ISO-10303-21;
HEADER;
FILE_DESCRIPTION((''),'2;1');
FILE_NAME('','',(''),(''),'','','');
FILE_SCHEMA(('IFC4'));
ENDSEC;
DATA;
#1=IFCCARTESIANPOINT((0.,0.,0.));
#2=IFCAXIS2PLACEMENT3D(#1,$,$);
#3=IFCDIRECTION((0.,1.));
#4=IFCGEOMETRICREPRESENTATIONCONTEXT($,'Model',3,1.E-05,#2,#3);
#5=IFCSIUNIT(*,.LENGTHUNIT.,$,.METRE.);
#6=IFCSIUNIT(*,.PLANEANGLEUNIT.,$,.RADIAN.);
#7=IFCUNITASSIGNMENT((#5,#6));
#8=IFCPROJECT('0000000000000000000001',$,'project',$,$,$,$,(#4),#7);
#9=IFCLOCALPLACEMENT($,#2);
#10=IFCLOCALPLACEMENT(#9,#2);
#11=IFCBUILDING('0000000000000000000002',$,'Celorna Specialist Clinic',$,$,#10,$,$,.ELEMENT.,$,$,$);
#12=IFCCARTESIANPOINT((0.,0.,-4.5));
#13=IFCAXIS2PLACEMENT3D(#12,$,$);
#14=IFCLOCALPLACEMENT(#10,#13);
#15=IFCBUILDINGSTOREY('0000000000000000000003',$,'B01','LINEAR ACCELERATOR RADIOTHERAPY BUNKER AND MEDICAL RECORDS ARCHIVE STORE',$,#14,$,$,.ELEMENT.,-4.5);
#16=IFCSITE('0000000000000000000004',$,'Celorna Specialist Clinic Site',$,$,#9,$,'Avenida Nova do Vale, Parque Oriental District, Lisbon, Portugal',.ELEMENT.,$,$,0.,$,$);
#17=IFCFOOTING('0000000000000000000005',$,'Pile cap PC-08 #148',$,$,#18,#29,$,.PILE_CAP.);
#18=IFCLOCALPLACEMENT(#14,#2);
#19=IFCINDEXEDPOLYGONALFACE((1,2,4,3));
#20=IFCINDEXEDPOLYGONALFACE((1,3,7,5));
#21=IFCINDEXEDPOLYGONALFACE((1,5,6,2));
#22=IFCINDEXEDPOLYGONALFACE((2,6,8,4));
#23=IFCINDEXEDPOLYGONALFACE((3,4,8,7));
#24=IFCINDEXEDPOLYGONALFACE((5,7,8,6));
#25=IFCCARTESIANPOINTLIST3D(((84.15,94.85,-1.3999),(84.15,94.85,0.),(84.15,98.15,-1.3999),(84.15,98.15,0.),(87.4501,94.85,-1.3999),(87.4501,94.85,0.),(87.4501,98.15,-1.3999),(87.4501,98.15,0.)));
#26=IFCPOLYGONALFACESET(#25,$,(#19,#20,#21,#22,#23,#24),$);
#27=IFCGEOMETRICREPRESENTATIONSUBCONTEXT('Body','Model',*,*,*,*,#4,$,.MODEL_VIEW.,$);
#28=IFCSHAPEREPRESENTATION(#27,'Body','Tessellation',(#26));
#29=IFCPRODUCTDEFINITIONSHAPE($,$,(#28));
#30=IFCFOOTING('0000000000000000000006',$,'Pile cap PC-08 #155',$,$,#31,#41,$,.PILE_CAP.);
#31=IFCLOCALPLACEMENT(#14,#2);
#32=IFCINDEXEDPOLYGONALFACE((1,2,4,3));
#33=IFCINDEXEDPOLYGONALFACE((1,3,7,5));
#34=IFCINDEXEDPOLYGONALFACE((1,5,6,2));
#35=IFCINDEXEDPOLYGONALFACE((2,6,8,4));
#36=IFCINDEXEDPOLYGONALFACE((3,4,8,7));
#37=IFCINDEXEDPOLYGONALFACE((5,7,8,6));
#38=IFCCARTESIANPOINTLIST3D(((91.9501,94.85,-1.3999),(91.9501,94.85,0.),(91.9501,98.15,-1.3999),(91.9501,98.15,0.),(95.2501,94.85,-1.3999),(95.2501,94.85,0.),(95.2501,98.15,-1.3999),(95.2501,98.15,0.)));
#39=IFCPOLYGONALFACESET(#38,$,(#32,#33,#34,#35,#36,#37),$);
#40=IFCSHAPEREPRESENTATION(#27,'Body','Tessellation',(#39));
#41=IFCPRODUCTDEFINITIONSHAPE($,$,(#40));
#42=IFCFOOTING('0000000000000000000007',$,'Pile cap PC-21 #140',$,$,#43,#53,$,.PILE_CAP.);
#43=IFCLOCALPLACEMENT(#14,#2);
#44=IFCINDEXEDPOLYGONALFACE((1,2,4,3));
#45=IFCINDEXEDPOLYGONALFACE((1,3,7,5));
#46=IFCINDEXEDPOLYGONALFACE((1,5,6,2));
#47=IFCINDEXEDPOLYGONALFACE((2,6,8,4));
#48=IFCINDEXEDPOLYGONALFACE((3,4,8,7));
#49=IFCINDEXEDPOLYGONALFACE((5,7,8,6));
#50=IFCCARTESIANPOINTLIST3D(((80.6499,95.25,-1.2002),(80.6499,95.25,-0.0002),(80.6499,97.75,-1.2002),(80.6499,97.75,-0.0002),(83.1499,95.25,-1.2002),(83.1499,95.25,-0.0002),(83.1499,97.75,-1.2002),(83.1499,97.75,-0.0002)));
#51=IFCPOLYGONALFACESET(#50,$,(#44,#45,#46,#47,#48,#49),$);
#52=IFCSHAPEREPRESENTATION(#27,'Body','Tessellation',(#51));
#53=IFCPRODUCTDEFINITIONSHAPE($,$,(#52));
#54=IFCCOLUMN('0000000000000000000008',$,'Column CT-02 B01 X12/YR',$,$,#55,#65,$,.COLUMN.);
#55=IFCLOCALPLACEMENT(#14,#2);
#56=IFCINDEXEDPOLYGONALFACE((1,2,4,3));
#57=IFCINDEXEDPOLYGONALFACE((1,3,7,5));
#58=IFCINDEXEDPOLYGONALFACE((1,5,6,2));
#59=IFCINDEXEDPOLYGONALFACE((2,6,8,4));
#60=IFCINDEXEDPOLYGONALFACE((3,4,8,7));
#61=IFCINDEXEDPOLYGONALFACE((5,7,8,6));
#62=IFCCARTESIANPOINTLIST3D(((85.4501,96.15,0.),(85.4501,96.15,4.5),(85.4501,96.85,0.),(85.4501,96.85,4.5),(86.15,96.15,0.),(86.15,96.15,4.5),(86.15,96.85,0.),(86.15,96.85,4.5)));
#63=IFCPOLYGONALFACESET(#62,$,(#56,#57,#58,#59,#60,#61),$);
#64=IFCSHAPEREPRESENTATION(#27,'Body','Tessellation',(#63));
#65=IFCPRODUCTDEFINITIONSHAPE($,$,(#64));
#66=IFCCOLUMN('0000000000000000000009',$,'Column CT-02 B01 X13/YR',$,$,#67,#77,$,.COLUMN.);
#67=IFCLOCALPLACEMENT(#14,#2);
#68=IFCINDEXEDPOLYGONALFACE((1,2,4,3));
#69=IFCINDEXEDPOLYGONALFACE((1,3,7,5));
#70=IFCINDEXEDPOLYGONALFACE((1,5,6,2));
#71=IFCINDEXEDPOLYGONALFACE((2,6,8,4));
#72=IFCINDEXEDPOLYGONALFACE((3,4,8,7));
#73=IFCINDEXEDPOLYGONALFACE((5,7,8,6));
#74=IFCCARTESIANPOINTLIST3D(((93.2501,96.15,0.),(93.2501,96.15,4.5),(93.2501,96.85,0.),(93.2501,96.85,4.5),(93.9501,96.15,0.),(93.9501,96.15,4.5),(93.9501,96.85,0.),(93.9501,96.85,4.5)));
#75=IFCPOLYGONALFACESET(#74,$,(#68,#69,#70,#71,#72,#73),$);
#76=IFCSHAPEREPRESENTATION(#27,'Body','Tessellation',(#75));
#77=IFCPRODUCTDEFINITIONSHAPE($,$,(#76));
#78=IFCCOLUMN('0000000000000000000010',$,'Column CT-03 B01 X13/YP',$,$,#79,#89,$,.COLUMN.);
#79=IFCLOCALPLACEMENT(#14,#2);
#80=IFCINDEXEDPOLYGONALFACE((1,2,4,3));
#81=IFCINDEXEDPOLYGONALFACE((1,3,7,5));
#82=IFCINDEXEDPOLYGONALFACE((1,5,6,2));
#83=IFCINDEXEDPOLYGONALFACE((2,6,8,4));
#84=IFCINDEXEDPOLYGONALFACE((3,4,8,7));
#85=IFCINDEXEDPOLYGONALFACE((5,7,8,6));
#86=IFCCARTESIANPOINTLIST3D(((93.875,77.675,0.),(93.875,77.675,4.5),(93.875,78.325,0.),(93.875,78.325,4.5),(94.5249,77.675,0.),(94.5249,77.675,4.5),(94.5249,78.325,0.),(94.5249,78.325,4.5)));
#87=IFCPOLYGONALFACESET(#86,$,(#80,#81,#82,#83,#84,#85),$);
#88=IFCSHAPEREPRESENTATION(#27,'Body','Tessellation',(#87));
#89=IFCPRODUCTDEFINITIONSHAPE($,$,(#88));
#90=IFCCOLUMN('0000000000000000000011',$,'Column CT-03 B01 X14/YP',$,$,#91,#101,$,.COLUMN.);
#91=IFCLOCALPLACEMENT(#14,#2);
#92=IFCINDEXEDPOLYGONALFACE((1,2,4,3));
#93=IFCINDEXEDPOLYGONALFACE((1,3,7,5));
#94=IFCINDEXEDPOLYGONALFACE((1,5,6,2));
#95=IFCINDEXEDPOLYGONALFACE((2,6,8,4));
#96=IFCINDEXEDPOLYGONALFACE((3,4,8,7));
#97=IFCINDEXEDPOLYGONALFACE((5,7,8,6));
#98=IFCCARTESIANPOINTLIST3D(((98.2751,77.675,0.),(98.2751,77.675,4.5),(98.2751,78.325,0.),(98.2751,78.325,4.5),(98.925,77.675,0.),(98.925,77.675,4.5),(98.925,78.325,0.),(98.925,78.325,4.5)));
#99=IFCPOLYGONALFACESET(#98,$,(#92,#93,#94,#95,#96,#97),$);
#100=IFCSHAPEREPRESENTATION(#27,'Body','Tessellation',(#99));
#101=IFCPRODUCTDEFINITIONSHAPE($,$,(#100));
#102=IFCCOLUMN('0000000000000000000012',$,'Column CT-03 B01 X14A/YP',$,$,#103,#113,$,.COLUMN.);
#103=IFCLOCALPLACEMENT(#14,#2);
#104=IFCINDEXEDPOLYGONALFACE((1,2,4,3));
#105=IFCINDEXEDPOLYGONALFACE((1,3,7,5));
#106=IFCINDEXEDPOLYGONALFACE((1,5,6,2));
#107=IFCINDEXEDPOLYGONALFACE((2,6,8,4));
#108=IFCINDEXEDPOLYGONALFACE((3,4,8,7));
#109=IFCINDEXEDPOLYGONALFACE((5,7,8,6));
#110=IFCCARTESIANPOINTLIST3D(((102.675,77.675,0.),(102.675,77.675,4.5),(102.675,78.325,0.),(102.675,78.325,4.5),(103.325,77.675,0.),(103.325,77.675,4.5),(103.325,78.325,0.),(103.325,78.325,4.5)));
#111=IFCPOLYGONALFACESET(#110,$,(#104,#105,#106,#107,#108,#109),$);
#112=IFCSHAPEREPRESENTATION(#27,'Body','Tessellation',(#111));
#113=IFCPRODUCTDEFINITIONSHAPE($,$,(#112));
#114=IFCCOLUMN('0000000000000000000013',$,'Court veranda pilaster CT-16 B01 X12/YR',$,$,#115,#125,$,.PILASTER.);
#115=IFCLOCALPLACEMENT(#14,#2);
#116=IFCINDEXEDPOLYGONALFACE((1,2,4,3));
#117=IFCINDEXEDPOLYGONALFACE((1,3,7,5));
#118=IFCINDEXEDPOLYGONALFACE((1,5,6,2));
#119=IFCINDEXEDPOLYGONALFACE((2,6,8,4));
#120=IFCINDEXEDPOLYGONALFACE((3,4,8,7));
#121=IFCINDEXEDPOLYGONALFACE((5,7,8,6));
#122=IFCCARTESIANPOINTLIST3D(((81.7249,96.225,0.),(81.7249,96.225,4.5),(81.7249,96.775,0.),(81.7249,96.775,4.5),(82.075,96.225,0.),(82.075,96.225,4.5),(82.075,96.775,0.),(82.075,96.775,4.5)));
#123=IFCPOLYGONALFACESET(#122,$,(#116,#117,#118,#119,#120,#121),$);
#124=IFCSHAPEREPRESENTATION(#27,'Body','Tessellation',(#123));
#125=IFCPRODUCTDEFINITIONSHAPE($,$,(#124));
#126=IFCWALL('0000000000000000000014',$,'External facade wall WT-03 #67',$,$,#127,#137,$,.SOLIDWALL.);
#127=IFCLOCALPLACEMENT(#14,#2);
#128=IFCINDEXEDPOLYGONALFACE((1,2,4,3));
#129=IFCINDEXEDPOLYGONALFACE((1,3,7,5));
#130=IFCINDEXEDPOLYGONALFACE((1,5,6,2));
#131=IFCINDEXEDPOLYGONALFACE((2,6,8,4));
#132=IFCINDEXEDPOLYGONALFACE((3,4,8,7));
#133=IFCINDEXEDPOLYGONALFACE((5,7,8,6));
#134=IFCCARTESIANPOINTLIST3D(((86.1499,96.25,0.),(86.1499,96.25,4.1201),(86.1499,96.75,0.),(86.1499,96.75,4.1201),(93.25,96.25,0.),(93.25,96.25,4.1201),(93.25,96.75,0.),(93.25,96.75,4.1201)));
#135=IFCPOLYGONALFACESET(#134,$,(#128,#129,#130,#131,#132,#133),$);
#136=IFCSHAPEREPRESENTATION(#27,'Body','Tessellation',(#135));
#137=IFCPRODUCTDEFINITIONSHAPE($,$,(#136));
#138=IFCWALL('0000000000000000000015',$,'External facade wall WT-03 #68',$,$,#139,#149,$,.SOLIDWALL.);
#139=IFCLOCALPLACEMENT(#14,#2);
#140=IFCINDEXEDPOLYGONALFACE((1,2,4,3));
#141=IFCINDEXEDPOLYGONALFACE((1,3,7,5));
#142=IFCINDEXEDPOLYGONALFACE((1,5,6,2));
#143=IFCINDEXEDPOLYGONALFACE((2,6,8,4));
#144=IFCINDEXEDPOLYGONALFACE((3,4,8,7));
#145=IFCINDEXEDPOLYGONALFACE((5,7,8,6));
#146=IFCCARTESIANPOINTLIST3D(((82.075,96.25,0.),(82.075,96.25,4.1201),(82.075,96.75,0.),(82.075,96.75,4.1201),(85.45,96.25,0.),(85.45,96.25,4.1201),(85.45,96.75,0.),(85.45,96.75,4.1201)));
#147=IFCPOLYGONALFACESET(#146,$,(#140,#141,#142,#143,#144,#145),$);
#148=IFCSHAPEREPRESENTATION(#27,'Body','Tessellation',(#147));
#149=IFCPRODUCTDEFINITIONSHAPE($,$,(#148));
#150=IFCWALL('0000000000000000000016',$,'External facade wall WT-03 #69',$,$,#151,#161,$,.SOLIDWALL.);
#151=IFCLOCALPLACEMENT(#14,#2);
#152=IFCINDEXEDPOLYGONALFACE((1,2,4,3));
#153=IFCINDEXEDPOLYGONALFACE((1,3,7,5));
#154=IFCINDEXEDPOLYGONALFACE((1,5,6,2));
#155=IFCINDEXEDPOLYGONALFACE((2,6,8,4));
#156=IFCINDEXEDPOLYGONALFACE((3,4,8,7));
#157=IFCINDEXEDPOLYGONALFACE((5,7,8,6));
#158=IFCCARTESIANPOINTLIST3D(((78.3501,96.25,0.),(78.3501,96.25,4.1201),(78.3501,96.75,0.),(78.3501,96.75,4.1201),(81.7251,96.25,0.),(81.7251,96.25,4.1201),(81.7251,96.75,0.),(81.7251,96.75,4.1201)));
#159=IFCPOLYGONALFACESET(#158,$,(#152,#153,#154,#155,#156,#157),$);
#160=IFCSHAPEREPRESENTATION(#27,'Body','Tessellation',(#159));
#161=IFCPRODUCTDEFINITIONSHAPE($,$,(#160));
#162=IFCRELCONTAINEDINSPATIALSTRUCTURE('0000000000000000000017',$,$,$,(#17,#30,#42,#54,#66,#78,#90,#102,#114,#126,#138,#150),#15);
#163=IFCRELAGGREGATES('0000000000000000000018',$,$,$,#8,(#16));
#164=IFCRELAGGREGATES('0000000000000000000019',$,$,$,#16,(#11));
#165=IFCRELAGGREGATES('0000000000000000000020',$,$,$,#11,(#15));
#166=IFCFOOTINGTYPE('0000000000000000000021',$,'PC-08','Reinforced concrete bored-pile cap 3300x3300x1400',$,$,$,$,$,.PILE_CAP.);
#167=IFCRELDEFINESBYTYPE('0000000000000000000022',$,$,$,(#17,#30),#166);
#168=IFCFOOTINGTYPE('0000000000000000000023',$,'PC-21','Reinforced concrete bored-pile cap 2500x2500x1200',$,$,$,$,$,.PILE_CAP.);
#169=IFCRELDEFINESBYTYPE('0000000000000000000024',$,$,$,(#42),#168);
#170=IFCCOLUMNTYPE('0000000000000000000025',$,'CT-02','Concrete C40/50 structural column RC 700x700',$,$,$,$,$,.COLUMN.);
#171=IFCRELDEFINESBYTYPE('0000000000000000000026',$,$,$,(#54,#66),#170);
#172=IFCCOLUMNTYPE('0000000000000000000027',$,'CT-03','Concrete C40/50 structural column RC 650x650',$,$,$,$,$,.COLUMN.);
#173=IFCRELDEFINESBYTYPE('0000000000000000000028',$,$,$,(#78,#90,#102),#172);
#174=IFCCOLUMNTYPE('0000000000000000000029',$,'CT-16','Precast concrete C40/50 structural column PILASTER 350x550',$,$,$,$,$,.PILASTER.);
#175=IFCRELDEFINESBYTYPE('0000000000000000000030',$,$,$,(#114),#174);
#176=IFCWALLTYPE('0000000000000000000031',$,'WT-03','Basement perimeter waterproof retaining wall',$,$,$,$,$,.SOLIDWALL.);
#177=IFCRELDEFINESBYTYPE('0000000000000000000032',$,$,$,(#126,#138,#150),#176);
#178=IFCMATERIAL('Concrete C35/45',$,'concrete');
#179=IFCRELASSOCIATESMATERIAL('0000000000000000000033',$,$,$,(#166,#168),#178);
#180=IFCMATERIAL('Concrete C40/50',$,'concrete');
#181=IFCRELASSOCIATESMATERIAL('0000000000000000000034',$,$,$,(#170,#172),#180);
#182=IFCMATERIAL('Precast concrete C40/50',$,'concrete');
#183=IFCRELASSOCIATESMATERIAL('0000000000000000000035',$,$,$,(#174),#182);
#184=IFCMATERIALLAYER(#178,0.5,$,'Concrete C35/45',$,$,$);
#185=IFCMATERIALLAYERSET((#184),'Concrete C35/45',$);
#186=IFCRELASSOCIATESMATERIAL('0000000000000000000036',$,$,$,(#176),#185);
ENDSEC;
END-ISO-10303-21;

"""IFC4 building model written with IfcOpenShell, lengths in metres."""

from ifc_helpers import new_model, si_unit, direction, frame, frame_2d, origin, origin_2d, place, context, subcontext, project, spatial, rectangle, extrude, material, layer, layer_set, material_profile, profile_set, type_object, element, save


model = new_model("IFC4")

# Units and contexts
model_context = context("Model", 3, precision=1e-05, world=origin(), true_north=direction((0.0, 1.0)))
body_context = subcontext(model_context, "Body", "Model", "MODEL_VIEW")
ifc_project = project(units=[si_unit("LENGTHUNIT", "METRE"), si_unit("PLANEANGLEUNIT", "RADIAN")], contexts=[model_context])

# Site, building, storey
site_placement = place(None, origin())
site = spatial("IfcSite", under=ifc_project, at=site_placement, Name="Celorna Specialist Clinic Site", LongName="Avenida Nova do Vale, Parque Oriental District, Lisbon, Portugal", CompositionType="ELEMENT", RefElevation=0.0)
building_placement = place(site_placement, origin())
building = spatial("IfcBuilding", under=site, at=building_placement, Name="Celorna Specialist Clinic", CompositionType="ELEMENT")
storey_placement = place(building_placement, frame((0.0, 0.0, -4.5)))
storey = spatial("IfcBuildingStorey", under=building, at=storey_placement, Name="B01", Description="LINEAR ACCELERATOR RADIOTHERAPY BUNKER AND MEDICAL RECORDS ARCHIVE STORE", CompositionType="ELEMENT", Elevation=-4.5)

# Shared definitions
ifc_material_1 = material(Name="Concrete C35/45", Category="concrete")

# Footings
footing_type_1 = type_object("IfcFootingType", Name="PC-08", Description="Reinforced concrete bored-pile cap 3300x3300x1400", PredefinedType="PILE_CAP", material=ifc_material_1)
for number, where, z_axis, x_axis, name in (
    (1, (85.8, 96.5, -1.3999), (0.0, 0.0, 1.0), (1.0, 0.0, 0.0), "Pile cap PC-08 #148"),
    (2, (93.6001, 96.5, -1.3999), (0.0, 0.0, 1.0), (1.0, 0.0, 0.0), "Pile cap PC-08 #155"),
):
    element("IfcFooting", number, at=place(storey_placement, frame(where, z_axis=z_axis, x_axis=x_axis)), inside=storey, type_object=footing_type_1, Name=name, PredefinedType="PILE_CAP", context=body_context, shape_type="SweptSolid", body=[
        extrude(rectangle(XDim=3.3, YDim=3.3, at=origin_2d()), origin(), (0.0, 0.0, 1.0), 1.3999),
    ])
footing_type_2 = type_object("IfcFootingType", Name="PC-21", Description="Reinforced concrete bored-pile cap 2500x2500x1200", PredefinedType="PILE_CAP", material=ifc_material_1)
footing_1_placement = place(storey_placement, frame((81.8999, 96.5, -1.2002), z_axis=(0.0, 0.0, 1.0), x_axis=(1.0, 0.0, 0.0)))
element("IfcFooting", 3, at=footing_1_placement, inside=storey, type_object=footing_type_2, Name="Pile cap PC-21 #140", PredefinedType="PILE_CAP", context=body_context, shape_type="SweptSolid", body=[
    extrude(rectangle(XDim=2.5, YDim=2.5, at=origin_2d()), origin(), (0.0, 0.0, 1.0), 1.2),
])

# Columns
ifc_material_2 = material(Name="Concrete C40/50", Category="concrete")
ifc_material_profile_1 = material_profile(ifc_material_2, rectangle(XDim=0.7, YDim=0.7, at=origin_2d()), Name="RC 700x700")
ifc_profile_set_1 = profile_set([ifc_material_profile_1], Name="Concrete C40/50")
column_type_1 = type_object("IfcColumnType", Name="CT-02", Description="Concrete C40/50 structural column RC 700x700", PredefinedType="COLUMN", material=ifc_profile_set_1)
for number, where, z_axis, x_axis, name in (
    (4, (85.8, 96.5, 0.0), (0.0, 0.0, 1.0), (1.0, 0.0, 0.0), "Column CT-02 B01 X12/YR"),
    (5, (93.6001, 96.5, 0.0), (0.0, 0.0, 1.0), (1.0, 0.0, 0.0), "Column CT-02 B01 X13/YR"),
):
    element("IfcColumn", number, at=place(storey_placement, frame(where, z_axis=z_axis, x_axis=x_axis)), inside=storey, type_object=column_type_1, Name=name, PredefinedType="COLUMN", context=body_context, shape_type="SweptSolid", body=[
        extrude(rectangle(XDim=0.7, YDim=0.7, at=origin_2d()), origin(), (0.0, 0.0, 1.0), 4.5),
    ])
ifc_material_profile_2 = material_profile(ifc_material_2, rectangle(XDim=0.6499, YDim=0.6499, at=origin_2d()), Name="RC 650x650")
ifc_profile_set_2 = profile_set([ifc_material_profile_2], Name="Concrete C40/50")
column_type_2 = type_object("IfcColumnType", Name="CT-03", Description="Concrete C40/50 structural column RC 650x650", PredefinedType="COLUMN", material=ifc_profile_set_2)
for number, where, z_axis, x_axis, name in (
    (6, (94.2, 78.0, 0.0), (0.0, 0.0, 1.0), (1.0, 0.0, 0.0), "Column CT-03 B01 X13/YP"),
    (7, (98.6001, 78.0, 0.0), (0.0, 0.0, 1.0), (1.0, 0.0, 0.0), "Column CT-03 B01 X14/YP"),
    (8, (103.0, 78.0, 0.0), (0.0, 0.0, 1.0), (1.0, 0.0, 0.0), "Column CT-03 B01 X14A/YP"),
):
    element("IfcColumn", number, at=place(storey_placement, frame(where, z_axis=z_axis, x_axis=x_axis)), inside=storey, type_object=column_type_2, Name=name, PredefinedType="COLUMN", context=body_context, shape_type="SweptSolid", body=[
        extrude(rectangle(XDim=0.6499, YDim=0.6499, at=origin_2d()), origin(), (0.0, 0.0, 1.0), 4.5),
    ])
ifc_material_3 = material(Name="Precast concrete C40/50", Category="concrete")
ifc_material_profile_3 = material_profile(ifc_material_3, rectangle(XDim=0.3501, YDim=0.55, at=origin_2d()), Name="PILASTER 350x550")
ifc_profile_set_3 = profile_set([ifc_material_profile_3], Name="Precast concrete C40/50")
column_type_3 = type_object("IfcColumnType", Name="CT-16", Description="Precast concrete C40/50 structural column PILASTER 350x550", PredefinedType="PILASTER", material=ifc_profile_set_3)
column_placement = place(storey_placement, frame((81.8999, 96.5, 0.0), z_axis=(0.0, 0.0, 1.0), x_axis=(1.0, 0.0, 0.0)))
element("IfcColumn", 9, at=column_placement, inside=storey, type_object=column_type_3, Name="Court veranda pilaster CT-16 B01 X12/YR", PredefinedType="PILASTER", context=body_context, shape_type="SweptSolid", body=[
    extrude(rectangle(XDim=0.3501, YDim=0.55, at=origin_2d()), origin(), (0.0, 0.0, 1.0), 4.5),
])

# Walls
ifc_layer = layer(ifc_material_1, 0.5, Name="Concrete C35/45")
ifc_layer_set = layer_set([ifc_layer], Name="Concrete C35/45")
wall_type = type_object("IfcWallType", Name="WT-03", Description="Basement perimeter waterproof retaining wall", PredefinedType="SOLIDWALL", material=ifc_layer_set)
wall_placement = place(storey_placement, frame((93.25, 96.5, 0.0), z_axis=(0.0, 0.0, 1.0), x_axis=(-1.0, 0.0, 0.0)))
element("IfcWall", 10, at=wall_placement, inside=storey, type_object=wall_type, Name="External facade wall WT-03 #67", PredefinedType="SOLIDWALL", context=body_context, shape_type="SweptSolid", body=[
    extrude(rectangle(XDim=7.1001, YDim=0.5, at=frame_2d((3.55, 0.0))), origin(), (0.0, 0.0, 1.0), 4.1201),
])
for number, where, z_axis, x_axis, name in (
    (11, (85.45, 96.5, 0.0), (0.0, 0.0, 1.0), (-1.0, 0.0, 0.0), "External facade wall WT-03 #68"),
    (12, (81.7251, 96.5, 0.0), (0.0, 0.0, 1.0), (-1.0, 0.0, 0.0), "External facade wall WT-03 #69"),
):
    element("IfcWall", number, at=place(storey_placement, frame(where, z_axis=z_axis, x_axis=x_axis)), inside=storey, type_object=wall_type, Name=name, PredefinedType="SOLIDWALL", context=body_context, shape_type="SweptSolid", body=[
        extrude(rectangle(XDim=3.375, YDim=0.5, at=frame_2d((1.6875, 0.0))), origin(), (0.0, 0.0, 1.0), 4.1201),
    ])

save(model, "model.ifc")
